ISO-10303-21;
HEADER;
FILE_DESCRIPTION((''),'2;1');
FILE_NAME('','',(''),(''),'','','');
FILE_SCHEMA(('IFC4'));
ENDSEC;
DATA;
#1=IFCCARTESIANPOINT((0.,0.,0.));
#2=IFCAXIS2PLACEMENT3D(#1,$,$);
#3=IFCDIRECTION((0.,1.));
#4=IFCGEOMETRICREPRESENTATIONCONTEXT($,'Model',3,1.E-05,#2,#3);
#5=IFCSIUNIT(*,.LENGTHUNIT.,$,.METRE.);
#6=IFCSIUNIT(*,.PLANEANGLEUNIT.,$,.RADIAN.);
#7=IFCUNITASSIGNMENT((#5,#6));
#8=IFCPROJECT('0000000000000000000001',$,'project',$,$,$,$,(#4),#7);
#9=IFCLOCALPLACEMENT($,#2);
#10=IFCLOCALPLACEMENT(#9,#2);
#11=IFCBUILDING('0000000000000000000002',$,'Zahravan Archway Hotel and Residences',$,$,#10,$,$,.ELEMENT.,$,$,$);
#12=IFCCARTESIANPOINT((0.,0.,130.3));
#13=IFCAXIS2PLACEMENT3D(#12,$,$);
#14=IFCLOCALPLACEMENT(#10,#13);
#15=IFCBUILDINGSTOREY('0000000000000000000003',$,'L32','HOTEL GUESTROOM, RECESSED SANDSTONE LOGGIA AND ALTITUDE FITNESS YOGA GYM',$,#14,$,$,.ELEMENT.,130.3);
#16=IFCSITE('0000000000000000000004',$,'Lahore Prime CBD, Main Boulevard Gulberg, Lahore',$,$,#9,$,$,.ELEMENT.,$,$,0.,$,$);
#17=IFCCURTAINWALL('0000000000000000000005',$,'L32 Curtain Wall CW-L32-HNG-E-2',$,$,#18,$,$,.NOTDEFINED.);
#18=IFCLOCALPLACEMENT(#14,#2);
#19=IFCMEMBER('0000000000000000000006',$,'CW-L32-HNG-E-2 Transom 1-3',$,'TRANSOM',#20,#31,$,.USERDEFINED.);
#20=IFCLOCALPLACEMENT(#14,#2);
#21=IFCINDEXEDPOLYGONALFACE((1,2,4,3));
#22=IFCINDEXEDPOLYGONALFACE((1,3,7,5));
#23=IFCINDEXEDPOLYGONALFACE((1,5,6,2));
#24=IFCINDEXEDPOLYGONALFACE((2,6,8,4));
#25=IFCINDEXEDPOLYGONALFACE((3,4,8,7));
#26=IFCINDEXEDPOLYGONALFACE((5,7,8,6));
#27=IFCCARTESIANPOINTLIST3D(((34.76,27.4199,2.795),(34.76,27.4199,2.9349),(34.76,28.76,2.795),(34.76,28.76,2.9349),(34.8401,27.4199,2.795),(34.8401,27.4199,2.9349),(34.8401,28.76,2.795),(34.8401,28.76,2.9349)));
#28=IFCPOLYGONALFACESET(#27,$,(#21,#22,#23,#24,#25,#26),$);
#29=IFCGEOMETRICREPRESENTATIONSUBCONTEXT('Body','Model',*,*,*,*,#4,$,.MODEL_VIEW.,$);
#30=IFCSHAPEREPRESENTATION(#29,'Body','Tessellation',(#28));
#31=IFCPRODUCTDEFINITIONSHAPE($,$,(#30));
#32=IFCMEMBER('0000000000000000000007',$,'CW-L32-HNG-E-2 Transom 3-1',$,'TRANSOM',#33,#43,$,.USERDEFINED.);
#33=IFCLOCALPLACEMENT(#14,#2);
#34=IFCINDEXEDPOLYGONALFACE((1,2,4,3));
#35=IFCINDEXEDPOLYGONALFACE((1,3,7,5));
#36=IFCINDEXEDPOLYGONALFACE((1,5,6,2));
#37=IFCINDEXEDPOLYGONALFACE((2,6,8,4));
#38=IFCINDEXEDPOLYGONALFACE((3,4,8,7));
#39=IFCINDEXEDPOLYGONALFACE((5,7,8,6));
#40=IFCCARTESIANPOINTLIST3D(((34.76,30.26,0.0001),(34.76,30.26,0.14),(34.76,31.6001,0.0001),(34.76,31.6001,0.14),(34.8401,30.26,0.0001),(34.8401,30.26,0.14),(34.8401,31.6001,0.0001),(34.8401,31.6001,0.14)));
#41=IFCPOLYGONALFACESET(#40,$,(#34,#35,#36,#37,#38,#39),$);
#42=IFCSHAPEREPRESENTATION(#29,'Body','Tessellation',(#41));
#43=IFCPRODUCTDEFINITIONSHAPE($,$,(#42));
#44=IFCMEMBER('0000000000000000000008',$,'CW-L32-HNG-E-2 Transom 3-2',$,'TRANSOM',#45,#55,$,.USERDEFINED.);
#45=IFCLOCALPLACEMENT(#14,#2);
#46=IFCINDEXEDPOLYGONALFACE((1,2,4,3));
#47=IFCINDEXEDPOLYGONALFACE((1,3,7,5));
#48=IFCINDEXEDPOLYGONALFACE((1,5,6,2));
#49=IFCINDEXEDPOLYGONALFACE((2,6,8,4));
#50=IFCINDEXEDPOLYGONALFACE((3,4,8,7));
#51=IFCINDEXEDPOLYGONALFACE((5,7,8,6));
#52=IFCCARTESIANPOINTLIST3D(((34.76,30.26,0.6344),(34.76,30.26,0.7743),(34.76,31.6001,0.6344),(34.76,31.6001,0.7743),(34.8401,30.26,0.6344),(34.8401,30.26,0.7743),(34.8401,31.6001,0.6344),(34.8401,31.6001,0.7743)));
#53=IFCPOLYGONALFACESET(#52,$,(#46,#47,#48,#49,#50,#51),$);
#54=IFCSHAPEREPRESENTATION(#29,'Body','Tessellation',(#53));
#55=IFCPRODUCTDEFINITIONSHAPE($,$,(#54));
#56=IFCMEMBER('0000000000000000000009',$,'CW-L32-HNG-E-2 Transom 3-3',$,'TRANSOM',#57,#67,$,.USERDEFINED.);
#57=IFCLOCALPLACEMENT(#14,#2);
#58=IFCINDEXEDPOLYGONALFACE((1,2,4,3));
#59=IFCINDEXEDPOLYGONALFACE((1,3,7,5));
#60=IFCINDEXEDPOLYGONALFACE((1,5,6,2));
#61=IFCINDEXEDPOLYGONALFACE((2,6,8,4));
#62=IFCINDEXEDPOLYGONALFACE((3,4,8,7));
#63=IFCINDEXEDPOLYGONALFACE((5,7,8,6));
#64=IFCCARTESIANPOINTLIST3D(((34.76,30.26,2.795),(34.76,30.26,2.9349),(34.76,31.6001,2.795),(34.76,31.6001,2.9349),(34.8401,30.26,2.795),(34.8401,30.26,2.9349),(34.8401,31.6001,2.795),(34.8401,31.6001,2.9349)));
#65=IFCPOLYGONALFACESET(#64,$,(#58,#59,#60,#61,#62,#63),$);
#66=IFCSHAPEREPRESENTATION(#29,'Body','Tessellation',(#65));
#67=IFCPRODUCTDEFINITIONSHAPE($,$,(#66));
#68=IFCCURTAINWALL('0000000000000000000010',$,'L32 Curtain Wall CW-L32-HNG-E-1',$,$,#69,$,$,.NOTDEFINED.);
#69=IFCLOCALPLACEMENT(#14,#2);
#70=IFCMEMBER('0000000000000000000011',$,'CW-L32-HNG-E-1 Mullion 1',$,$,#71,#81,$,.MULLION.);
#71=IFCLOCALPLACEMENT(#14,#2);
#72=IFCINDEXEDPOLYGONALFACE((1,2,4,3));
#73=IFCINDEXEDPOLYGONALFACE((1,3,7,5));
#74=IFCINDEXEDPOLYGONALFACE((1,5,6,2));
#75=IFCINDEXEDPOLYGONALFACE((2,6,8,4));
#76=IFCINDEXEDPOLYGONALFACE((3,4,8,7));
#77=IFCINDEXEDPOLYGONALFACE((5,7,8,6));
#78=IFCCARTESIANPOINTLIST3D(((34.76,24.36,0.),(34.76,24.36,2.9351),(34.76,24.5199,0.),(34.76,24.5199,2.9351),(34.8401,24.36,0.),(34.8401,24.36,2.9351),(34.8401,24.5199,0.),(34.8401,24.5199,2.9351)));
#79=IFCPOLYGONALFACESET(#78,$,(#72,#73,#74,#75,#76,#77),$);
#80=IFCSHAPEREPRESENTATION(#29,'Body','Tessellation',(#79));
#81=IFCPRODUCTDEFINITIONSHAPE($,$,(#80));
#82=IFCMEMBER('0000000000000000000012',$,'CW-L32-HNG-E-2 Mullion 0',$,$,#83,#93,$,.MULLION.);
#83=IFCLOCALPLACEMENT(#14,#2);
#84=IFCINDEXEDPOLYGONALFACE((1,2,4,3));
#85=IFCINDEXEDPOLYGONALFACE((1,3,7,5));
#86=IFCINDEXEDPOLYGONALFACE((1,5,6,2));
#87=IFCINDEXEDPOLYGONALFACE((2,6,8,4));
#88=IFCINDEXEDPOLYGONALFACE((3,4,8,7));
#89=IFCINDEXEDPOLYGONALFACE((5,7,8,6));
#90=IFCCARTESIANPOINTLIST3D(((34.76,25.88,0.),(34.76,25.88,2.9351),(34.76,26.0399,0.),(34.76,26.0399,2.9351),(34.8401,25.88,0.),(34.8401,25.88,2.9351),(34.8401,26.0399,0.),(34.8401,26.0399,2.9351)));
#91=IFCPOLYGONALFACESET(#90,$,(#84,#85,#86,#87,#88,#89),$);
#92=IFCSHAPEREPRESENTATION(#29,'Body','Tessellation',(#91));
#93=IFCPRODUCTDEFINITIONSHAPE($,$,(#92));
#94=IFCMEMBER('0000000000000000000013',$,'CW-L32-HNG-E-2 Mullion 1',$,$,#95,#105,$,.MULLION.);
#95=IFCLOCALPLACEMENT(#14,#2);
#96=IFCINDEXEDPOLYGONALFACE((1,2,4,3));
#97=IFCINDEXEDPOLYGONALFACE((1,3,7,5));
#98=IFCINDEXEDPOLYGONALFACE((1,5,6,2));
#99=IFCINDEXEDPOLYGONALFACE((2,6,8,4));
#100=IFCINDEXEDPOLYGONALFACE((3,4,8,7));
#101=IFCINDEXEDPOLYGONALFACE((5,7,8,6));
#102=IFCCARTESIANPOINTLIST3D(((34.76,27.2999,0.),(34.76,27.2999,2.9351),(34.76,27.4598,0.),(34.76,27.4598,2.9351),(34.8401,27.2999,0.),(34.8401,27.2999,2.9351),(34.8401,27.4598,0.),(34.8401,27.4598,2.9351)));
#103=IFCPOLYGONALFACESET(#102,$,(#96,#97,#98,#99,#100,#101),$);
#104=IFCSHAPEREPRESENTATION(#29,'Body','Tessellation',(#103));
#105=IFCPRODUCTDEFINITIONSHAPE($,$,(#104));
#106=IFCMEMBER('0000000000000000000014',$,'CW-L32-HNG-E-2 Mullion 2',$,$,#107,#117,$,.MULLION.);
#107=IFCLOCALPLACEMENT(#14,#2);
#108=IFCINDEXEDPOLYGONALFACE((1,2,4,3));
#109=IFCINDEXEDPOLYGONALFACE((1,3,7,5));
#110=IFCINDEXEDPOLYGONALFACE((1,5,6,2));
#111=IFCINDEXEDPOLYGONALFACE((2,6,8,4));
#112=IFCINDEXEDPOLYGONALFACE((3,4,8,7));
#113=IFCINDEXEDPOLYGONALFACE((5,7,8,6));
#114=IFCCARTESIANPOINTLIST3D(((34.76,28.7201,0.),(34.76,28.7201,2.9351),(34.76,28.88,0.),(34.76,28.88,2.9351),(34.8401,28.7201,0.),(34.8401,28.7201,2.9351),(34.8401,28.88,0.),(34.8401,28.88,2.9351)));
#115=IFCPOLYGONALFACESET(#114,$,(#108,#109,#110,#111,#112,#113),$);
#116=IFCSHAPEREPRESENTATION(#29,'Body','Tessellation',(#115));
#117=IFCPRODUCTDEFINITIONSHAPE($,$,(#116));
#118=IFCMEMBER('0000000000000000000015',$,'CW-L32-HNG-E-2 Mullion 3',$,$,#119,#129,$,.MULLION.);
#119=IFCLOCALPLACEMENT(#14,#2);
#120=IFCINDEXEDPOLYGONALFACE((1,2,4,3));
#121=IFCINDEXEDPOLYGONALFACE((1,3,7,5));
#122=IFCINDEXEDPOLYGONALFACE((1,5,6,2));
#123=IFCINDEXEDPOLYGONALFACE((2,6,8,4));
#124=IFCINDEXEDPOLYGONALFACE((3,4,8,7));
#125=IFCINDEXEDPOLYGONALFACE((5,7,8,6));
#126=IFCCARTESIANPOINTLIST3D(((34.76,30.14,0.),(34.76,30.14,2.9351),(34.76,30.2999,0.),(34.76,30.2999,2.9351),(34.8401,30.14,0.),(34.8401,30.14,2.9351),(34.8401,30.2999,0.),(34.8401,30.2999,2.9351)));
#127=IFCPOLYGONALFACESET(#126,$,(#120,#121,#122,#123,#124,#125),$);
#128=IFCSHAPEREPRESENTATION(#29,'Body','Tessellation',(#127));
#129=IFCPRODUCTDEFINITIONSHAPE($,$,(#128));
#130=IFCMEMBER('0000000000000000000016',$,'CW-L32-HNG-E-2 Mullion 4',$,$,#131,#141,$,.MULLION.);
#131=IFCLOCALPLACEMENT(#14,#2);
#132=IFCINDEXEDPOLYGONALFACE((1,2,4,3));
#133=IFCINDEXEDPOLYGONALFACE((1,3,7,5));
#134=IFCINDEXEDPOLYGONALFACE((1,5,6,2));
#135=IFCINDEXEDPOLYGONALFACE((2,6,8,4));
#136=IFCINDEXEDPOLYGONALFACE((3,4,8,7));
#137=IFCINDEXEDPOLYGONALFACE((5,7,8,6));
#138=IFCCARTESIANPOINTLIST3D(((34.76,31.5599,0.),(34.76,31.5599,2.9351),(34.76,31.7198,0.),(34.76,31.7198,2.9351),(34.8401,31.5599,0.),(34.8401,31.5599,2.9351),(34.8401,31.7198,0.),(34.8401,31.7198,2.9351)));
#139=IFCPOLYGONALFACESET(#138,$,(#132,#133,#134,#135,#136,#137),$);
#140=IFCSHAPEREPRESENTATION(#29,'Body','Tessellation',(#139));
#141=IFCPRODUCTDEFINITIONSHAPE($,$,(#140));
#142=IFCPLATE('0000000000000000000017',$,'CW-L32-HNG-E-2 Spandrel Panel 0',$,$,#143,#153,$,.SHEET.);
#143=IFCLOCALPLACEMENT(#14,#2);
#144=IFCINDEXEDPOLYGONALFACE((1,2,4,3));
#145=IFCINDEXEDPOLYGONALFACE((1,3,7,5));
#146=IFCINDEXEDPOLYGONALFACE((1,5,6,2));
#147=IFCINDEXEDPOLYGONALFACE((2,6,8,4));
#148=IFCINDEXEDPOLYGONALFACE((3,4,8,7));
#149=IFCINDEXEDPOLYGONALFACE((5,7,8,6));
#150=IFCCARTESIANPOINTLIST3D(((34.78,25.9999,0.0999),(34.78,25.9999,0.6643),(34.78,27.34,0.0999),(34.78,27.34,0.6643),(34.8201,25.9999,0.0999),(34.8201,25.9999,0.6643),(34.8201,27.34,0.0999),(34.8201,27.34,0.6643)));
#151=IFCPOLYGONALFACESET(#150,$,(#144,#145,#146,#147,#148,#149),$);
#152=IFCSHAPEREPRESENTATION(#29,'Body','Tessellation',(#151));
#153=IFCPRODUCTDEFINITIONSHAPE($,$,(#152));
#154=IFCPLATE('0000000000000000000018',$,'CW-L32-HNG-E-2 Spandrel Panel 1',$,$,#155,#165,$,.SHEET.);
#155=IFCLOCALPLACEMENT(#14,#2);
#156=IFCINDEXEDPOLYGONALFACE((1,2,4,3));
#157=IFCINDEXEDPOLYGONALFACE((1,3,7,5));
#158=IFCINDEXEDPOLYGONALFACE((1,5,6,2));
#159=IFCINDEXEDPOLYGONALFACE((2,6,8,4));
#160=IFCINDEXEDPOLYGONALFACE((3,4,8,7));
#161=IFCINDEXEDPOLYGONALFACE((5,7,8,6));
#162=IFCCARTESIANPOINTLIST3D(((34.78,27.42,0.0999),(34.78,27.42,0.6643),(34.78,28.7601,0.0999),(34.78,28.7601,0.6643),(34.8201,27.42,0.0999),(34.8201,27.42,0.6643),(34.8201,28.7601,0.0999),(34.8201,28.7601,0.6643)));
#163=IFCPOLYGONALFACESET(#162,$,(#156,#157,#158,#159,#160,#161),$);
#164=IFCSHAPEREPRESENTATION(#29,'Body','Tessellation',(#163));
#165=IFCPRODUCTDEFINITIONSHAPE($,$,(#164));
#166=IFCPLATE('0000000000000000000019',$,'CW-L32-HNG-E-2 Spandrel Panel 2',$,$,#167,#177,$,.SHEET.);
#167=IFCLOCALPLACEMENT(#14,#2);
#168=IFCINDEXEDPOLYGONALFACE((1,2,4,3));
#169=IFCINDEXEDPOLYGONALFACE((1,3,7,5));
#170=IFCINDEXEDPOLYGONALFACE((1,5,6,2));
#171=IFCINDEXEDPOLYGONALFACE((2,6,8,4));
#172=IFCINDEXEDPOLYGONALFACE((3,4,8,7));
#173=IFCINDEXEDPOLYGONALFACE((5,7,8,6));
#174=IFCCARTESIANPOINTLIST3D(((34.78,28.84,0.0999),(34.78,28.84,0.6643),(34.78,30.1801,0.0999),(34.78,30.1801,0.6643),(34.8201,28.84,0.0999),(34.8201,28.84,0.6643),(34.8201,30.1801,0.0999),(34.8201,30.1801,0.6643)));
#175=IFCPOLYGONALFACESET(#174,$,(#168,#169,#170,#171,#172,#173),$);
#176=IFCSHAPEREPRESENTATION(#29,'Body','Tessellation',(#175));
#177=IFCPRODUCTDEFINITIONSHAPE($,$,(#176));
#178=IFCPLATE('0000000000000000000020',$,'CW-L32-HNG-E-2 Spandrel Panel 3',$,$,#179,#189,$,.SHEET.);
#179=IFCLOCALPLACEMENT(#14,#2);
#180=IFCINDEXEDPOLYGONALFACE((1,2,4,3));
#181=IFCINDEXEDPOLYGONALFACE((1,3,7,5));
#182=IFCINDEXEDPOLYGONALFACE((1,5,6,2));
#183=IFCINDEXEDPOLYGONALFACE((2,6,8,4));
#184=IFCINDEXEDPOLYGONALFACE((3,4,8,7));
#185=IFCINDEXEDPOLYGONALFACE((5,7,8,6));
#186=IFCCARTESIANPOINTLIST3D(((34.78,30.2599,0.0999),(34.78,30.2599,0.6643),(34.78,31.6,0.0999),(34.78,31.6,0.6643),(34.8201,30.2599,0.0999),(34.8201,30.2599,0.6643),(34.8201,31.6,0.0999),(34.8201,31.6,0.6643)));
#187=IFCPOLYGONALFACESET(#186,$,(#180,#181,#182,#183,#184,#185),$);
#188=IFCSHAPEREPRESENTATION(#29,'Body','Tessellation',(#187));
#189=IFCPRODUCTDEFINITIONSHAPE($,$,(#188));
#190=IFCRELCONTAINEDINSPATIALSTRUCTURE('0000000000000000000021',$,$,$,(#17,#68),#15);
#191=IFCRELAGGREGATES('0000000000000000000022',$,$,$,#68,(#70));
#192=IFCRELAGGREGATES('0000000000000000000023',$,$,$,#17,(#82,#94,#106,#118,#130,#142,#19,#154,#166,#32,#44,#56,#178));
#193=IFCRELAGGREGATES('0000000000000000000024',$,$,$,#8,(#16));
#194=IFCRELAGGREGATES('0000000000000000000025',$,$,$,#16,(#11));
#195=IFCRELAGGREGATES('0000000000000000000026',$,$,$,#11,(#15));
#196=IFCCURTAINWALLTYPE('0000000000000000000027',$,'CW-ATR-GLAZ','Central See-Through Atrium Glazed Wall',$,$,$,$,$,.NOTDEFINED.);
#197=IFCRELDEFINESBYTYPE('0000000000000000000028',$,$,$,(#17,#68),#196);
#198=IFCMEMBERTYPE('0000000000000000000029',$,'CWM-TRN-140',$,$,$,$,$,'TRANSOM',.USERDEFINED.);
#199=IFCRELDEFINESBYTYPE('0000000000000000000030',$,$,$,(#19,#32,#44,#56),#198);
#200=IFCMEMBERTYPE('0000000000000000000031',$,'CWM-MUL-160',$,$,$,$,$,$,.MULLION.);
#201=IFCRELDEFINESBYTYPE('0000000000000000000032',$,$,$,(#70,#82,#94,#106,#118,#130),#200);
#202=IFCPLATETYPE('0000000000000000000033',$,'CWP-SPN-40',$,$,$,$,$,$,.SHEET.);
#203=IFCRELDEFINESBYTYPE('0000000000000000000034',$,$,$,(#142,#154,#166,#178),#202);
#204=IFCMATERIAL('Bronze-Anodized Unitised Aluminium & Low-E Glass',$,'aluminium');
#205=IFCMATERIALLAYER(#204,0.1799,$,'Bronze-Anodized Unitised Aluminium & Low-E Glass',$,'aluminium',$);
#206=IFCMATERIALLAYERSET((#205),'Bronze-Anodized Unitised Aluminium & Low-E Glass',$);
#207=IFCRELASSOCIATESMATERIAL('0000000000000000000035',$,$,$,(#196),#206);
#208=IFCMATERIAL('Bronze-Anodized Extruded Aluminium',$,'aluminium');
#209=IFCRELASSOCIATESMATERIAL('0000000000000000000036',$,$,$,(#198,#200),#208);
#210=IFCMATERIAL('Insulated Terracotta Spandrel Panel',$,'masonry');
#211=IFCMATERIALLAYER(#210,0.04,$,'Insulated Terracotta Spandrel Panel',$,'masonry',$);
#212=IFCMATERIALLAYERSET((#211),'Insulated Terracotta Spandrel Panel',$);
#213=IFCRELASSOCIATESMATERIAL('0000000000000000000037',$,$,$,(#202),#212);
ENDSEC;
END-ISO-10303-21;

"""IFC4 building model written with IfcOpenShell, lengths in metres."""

from ifc_helpers import new_model, si_unit, direction, frame, origin, origin_2d, place, context, subcontext, project, spatial, rectangle, extrude, source, transform, mapped, material, layer, layer_set, material_profile, profile_set, type_object, element, aggregate, save


model = new_model("IFC4")

# Units and contexts
model_context = context("Model", 3, precision=1e-05, world=origin(), true_north=direction((0.0, 1.0)))
body_context = subcontext(model_context, "Body", "Model", "MODEL_VIEW")
ifc_project = project(units=[si_unit("LENGTHUNIT", "METRE"), si_unit("PLANEANGLEUNIT", "RADIAN")], contexts=[model_context])

# Site, building, storey
site_placement = place(None, origin())
site = spatial("IfcSite", under=ifc_project, at=site_placement, Name="Lahore Prime CBD, Main Boulevard Gulberg, Lahore", CompositionType="ELEMENT", RefElevation=0.0)
building_placement = place(site_placement, origin())
building = spatial("IfcBuilding", under=site, at=building_placement, Name="Zahravan Archway Hotel and Residences", CompositionType="ELEMENT")
storey_placement = place(building_placement, frame((0.0, 0.0, 130.3)))
storey = spatial("IfcBuildingStorey", under=building, at=storey_placement, Name="L32", Description="HOTEL GUESTROOM, RECESSED SANDSTONE LOGGIA AND ALTITUDE FITNESS YOGA GYM", CompositionType="ELEMENT", Elevation=130.3)

# Curtain wall, members
ifc_material_1 = material(Name="Bronze-Anodized Unitised Aluminium & Low-E Glass", Category="aluminium")
ifc_layer_1 = layer(ifc_material_1, 0.1799, Name="Bronze-Anodized Unitised Aluminium & Low-E Glass", Category="aluminium")
ifc_layer_set_1 = layer_set([ifc_layer_1], Name="Bronze-Anodized Unitised Aluminium & Low-E Glass")
curtain_wall_type = type_object("IfcCurtainWallType", Name="CW-ATR-GLAZ", Description="Central See-Through Atrium Glazed Wall", PredefinedType="NOTDEFINED", material=ifc_layer_set_1)
curtain_wall_1_placement = place(storey_placement, origin())
curtain_wall_1 = element("IfcCurtainWall", 1, at=curtain_wall_1_placement, inside=storey, type_object=curtain_wall_type, Name="L32 Curtain Wall CW-L32-HNG-E-2", PredefinedType="NOTDEFINED")
ifc_material_2 = material(Name="Bronze-Anodized Extruded Aluminium", Category="aluminium")
ifc_material_profile_1 = material_profile(ifc_material_2, rectangle(XDim=0.0801, YDim=0.1399, at=origin_2d()), Name="TRN 80x140", Category="aluminium")
ifc_profile_set_1 = profile_set([ifc_material_profile_1], Name="Bronze-Anodized Extruded Aluminium")
member_type_1 = type_object("IfcMemberType", Name="CWM-TRN-140", ElementType="TRANSOM", PredefinedType="USERDEFINED", material=ifc_profile_set_1)
shared_shape_1 = source(origin(), body_context, "Body", "SweptSolid", [
    extrude(rectangle(XDim=0.0801, YDim=0.1399, at=origin_2d()), origin(), (0.0, 0.0, 1.0), 1.3401),
])
member_1_placement = place(storey_placement, frame((34.8, 27.4199, 2.865), z_axis=(0.0, 1.0, 0.0), x_axis=(-1.0, 0.0, 0.0)))
member_1 = element("IfcMember", 2, at=member_1_placement, type_object=member_type_1, Name="CW-L32-HNG-E-2 Transom 1-3", ObjectType="TRANSOM", PredefinedType="USERDEFINED", context=body_context, shape_type="MappedRepresentation", body=[
    mapped(shared_shape_1, transform((0.0, 0.0, 0.0), scale=1.0)),
])
member_2_placement = place(storey_placement, frame((34.8, 30.26, 0.0701), z_axis=(0.0, 1.0, 0.0), x_axis=(-1.0, 0.0, 0.0)))
member_2 = element("IfcMember", 3, at=member_2_placement, type_object=member_type_1, Name="CW-L32-HNG-E-2 Transom 3-1", ObjectType="TRANSOM", PredefinedType="USERDEFINED", context=body_context, shape_type="MappedRepresentation", body=[
    mapped(shared_shape_1, transform((0.0, 0.0, 0.0), scale=1.0)),
])
member_3_placement = place(storey_placement, frame((34.8, 30.26, 0.7043), z_axis=(0.0, 1.0, 0.0), x_axis=(-1.0, 0.0, 0.0)))
member_3 = element("IfcMember", 4, at=member_3_placement, type_object=member_type_1, Name="CW-L32-HNG-E-2 Transom 3-2", ObjectType="TRANSOM", PredefinedType="USERDEFINED", context=body_context, shape_type="MappedRepresentation", body=[
    mapped(shared_shape_1, transform((0.0, 0.0, 0.0), scale=1.0)),
])
member_4_placement = place(storey_placement, frame((34.8, 30.26, 2.865), z_axis=(0.0, 1.0, 0.0), x_axis=(-1.0, 0.0, 0.0)))
member_4 = element("IfcMember", 5, at=member_4_placement, type_object=member_type_1, Name="CW-L32-HNG-E-2 Transom 3-3", ObjectType="TRANSOM", PredefinedType="USERDEFINED", context=body_context, shape_type="MappedRepresentation", body=[
    mapped(shared_shape_1, transform((0.0, 0.0, 0.0), scale=1.0)),
])

# Curtain wall, member
curtain_wall_2_placement = place(storey_placement, origin())
curtain_wall_2 = element("IfcCurtainWall", 6, at=curtain_wall_2_placement, inside=storey, type_object=curtain_wall_type, Name="L32 Curtain Wall CW-L32-HNG-E-1", PredefinedType="NOTDEFINED")
ifc_material_profile_2 = material_profile(ifc_material_2, rectangle(XDim=0.0801, YDim=0.1599, at=origin_2d()), Name="MUL 80x160", Category="aluminium")
ifc_profile_set_2 = profile_set([ifc_material_profile_2], Name="Bronze-Anodized Extruded Aluminium")
member_type_2 = type_object("IfcMemberType", Name="CWM-MUL-160", PredefinedType="MULLION", material=ifc_profile_set_2)
shared_shape_2 = source(origin(), body_context, "Body", "SweptSolid", [
    extrude(rectangle(XDim=0.0801, YDim=0.1599, at=origin_2d()), origin(), (0.0, 0.0, 1.0), 2.9351),
])
member_5_placement = place(storey_placement, frame((34.8, 24.4399, 0.0), z_axis=(0.0, 0.0, 1.0), x_axis=(1.0, 0.0, 0.0)))
member_5 = element("IfcMember", 7, at=member_5_placement, type_object=member_type_2, Name="CW-L32-HNG-E-1 Mullion 1", PredefinedType="MULLION", context=body_context, shape_type="MappedRepresentation", body=[
    mapped(shared_shape_2, transform((0.0, 0.0, 0.0), scale=1.0)),
])
aggregate(curtain_wall_2, [member_5])

# Members
member_6_placement = place(storey_placement, frame((34.8, 25.96, 0.0), z_axis=(0.0, 0.0, 1.0), x_axis=(1.0, 0.0, 0.0)))
member_6 = element("IfcMember", 8, at=member_6_placement, type_object=member_type_2, Name="CW-L32-HNG-E-2 Mullion 0", PredefinedType="MULLION", context=body_context, shape_type="MappedRepresentation", body=[
    mapped(shared_shape_2, transform((0.0, 0.0, 0.0), scale=1.0)),
])
member_7_placement = place(storey_placement, frame((34.8, 27.3799, 0.0), z_axis=(0.0, 0.0, 1.0), x_axis=(1.0, 0.0, 0.0)))
member_7 = element("IfcMember", 9, at=member_7_placement, type_object=member_type_2, Name="CW-L32-HNG-E-2 Mullion 1", PredefinedType="MULLION", context=body_context, shape_type="MappedRepresentation", body=[
    mapped(shared_shape_2, transform((0.0, 0.0, 0.0), scale=1.0)),
])
member_8_placement = place(storey_placement, frame((34.8, 28.8, 0.0), z_axis=(0.0, 0.0, 1.0), x_axis=(1.0, 0.0, 0.0)))
member_8 = element("IfcMember", 10, at=member_8_placement, type_object=member_type_2, Name="CW-L32-HNG-E-2 Mullion 2", PredefinedType="MULLION", context=body_context, shape_type="MappedRepresentation", body=[
    mapped(shared_shape_2, transform((0.0, 0.0, 0.0), scale=1.0)),
])
member_9_placement = place(storey_placement, frame((34.8, 30.22, 0.0), z_axis=(0.0, 0.0, 1.0), x_axis=(1.0, 0.0, 0.0)))
member_9 = element("IfcMember", 11, at=member_9_placement, type_object=member_type_2, Name="CW-L32-HNG-E-2 Mullion 3", PredefinedType="MULLION", context=body_context, shape_type="MappedRepresentation", body=[
    mapped(shared_shape_2, transform((0.0, 0.0, 0.0), scale=1.0)),
])
member_10_placement = place(storey_placement, frame((34.8, 31.6399, 0.0), z_axis=(0.0, 0.0, 1.0), x_axis=(1.0, 0.0, 0.0)))
member_10 = element("IfcMember", 12, at=member_10_placement, type_object=member_type_2, Name="CW-L32-HNG-E-2 Mullion 4", PredefinedType="MULLION", context=body_context, shape_type="MappedRepresentation", body=[
    mapped(shared_shape_2, transform((0.0, 0.0, 0.0), scale=1.0)),
])

# Plates
ifc_material_3 = material(Name="Insulated Terracotta Spandrel Panel", Category="masonry")
ifc_layer_2 = layer(ifc_material_3, 0.04, Name="Insulated Terracotta Spandrel Panel", Category="masonry")
ifc_layer_set_2 = layer_set([ifc_layer_2], Name="Insulated Terracotta Spandrel Panel")
plate_type_1 = type_object("IfcPlateType", Name="CWP-SPN-40", PredefinedType="SHEET", material=ifc_layer_set_2)
shared_shape_3 = source(origin(), body_context, "Body", "SweptSolid", [
    extrude(rectangle(XDim=1.3401, YDim=0.04, at=origin_2d()), origin(), (0.0, 0.0, 1.0), 0.5645),
])
plate_1_placement = place(storey_placement, frame((34.8, 26.6699, 0.0999), z_axis=(0.0, 0.0, 1.0), x_axis=(0.0, 1.0, 0.0)))
plate_1 = element("IfcPlate", 13, at=plate_1_placement, type_object=plate_type_1, Name="CW-L32-HNG-E-2 Spandrel Panel 0", PredefinedType="SHEET", context=body_context, shape_type="MappedRepresentation", body=[
    mapped(shared_shape_3, transform((0.0, 0.0, 0.0), scale=1.0)),
])
plate_2_placement = place(storey_placement, frame((34.8, 28.0901, 0.0999), z_axis=(0.0, 0.0, 1.0), x_axis=(0.0, 1.0, 0.0)))
plate_2 = element("IfcPlate", 14, at=plate_2_placement, type_object=plate_type_1, Name="CW-L32-HNG-E-2 Spandrel Panel 1", PredefinedType="SHEET", context=body_context, shape_type="MappedRepresentation", body=[
    mapped(shared_shape_3, transform((0.0, 0.0, 0.0), scale=1.0)),
])
plate_3_placement = place(storey_placement, frame((34.8, 29.51, 0.0999), z_axis=(0.0, 0.0, 1.0), x_axis=(0.0, 1.0, 0.0)))
plate_3 = element("IfcPlate", 15, at=plate_3_placement, type_object=plate_type_1, Name="CW-L32-HNG-E-2 Spandrel Panel 2", PredefinedType="SHEET", context=body_context, shape_type="MappedRepresentation", body=[
    mapped(shared_shape_3, transform((0.0, 0.0, 0.0), scale=1.0)),
])
plate_4_placement = place(storey_placement, frame((34.8, 30.9299, 0.0999), z_axis=(0.0, 0.0, 1.0), x_axis=(0.0, 1.0, 0.0)))
plate_4 = element("IfcPlate", 16, at=plate_4_placement, type_object=plate_type_1, Name="CW-L32-HNG-E-2 Spandrel Panel 3", PredefinedType="SHEET", context=body_context, shape_type="MappedRepresentation", body=[
    mapped(shared_shape_3, transform((0.0, 0.0, 0.0), scale=1.0)),
])
aggregate(curtain_wall_1, [member_6, member_7, member_8, member_9, member_10, plate_1, member_1, plate_2, plate_3, member_2, member_3, member_4, plate_4])

save(model, "model.ifc")
